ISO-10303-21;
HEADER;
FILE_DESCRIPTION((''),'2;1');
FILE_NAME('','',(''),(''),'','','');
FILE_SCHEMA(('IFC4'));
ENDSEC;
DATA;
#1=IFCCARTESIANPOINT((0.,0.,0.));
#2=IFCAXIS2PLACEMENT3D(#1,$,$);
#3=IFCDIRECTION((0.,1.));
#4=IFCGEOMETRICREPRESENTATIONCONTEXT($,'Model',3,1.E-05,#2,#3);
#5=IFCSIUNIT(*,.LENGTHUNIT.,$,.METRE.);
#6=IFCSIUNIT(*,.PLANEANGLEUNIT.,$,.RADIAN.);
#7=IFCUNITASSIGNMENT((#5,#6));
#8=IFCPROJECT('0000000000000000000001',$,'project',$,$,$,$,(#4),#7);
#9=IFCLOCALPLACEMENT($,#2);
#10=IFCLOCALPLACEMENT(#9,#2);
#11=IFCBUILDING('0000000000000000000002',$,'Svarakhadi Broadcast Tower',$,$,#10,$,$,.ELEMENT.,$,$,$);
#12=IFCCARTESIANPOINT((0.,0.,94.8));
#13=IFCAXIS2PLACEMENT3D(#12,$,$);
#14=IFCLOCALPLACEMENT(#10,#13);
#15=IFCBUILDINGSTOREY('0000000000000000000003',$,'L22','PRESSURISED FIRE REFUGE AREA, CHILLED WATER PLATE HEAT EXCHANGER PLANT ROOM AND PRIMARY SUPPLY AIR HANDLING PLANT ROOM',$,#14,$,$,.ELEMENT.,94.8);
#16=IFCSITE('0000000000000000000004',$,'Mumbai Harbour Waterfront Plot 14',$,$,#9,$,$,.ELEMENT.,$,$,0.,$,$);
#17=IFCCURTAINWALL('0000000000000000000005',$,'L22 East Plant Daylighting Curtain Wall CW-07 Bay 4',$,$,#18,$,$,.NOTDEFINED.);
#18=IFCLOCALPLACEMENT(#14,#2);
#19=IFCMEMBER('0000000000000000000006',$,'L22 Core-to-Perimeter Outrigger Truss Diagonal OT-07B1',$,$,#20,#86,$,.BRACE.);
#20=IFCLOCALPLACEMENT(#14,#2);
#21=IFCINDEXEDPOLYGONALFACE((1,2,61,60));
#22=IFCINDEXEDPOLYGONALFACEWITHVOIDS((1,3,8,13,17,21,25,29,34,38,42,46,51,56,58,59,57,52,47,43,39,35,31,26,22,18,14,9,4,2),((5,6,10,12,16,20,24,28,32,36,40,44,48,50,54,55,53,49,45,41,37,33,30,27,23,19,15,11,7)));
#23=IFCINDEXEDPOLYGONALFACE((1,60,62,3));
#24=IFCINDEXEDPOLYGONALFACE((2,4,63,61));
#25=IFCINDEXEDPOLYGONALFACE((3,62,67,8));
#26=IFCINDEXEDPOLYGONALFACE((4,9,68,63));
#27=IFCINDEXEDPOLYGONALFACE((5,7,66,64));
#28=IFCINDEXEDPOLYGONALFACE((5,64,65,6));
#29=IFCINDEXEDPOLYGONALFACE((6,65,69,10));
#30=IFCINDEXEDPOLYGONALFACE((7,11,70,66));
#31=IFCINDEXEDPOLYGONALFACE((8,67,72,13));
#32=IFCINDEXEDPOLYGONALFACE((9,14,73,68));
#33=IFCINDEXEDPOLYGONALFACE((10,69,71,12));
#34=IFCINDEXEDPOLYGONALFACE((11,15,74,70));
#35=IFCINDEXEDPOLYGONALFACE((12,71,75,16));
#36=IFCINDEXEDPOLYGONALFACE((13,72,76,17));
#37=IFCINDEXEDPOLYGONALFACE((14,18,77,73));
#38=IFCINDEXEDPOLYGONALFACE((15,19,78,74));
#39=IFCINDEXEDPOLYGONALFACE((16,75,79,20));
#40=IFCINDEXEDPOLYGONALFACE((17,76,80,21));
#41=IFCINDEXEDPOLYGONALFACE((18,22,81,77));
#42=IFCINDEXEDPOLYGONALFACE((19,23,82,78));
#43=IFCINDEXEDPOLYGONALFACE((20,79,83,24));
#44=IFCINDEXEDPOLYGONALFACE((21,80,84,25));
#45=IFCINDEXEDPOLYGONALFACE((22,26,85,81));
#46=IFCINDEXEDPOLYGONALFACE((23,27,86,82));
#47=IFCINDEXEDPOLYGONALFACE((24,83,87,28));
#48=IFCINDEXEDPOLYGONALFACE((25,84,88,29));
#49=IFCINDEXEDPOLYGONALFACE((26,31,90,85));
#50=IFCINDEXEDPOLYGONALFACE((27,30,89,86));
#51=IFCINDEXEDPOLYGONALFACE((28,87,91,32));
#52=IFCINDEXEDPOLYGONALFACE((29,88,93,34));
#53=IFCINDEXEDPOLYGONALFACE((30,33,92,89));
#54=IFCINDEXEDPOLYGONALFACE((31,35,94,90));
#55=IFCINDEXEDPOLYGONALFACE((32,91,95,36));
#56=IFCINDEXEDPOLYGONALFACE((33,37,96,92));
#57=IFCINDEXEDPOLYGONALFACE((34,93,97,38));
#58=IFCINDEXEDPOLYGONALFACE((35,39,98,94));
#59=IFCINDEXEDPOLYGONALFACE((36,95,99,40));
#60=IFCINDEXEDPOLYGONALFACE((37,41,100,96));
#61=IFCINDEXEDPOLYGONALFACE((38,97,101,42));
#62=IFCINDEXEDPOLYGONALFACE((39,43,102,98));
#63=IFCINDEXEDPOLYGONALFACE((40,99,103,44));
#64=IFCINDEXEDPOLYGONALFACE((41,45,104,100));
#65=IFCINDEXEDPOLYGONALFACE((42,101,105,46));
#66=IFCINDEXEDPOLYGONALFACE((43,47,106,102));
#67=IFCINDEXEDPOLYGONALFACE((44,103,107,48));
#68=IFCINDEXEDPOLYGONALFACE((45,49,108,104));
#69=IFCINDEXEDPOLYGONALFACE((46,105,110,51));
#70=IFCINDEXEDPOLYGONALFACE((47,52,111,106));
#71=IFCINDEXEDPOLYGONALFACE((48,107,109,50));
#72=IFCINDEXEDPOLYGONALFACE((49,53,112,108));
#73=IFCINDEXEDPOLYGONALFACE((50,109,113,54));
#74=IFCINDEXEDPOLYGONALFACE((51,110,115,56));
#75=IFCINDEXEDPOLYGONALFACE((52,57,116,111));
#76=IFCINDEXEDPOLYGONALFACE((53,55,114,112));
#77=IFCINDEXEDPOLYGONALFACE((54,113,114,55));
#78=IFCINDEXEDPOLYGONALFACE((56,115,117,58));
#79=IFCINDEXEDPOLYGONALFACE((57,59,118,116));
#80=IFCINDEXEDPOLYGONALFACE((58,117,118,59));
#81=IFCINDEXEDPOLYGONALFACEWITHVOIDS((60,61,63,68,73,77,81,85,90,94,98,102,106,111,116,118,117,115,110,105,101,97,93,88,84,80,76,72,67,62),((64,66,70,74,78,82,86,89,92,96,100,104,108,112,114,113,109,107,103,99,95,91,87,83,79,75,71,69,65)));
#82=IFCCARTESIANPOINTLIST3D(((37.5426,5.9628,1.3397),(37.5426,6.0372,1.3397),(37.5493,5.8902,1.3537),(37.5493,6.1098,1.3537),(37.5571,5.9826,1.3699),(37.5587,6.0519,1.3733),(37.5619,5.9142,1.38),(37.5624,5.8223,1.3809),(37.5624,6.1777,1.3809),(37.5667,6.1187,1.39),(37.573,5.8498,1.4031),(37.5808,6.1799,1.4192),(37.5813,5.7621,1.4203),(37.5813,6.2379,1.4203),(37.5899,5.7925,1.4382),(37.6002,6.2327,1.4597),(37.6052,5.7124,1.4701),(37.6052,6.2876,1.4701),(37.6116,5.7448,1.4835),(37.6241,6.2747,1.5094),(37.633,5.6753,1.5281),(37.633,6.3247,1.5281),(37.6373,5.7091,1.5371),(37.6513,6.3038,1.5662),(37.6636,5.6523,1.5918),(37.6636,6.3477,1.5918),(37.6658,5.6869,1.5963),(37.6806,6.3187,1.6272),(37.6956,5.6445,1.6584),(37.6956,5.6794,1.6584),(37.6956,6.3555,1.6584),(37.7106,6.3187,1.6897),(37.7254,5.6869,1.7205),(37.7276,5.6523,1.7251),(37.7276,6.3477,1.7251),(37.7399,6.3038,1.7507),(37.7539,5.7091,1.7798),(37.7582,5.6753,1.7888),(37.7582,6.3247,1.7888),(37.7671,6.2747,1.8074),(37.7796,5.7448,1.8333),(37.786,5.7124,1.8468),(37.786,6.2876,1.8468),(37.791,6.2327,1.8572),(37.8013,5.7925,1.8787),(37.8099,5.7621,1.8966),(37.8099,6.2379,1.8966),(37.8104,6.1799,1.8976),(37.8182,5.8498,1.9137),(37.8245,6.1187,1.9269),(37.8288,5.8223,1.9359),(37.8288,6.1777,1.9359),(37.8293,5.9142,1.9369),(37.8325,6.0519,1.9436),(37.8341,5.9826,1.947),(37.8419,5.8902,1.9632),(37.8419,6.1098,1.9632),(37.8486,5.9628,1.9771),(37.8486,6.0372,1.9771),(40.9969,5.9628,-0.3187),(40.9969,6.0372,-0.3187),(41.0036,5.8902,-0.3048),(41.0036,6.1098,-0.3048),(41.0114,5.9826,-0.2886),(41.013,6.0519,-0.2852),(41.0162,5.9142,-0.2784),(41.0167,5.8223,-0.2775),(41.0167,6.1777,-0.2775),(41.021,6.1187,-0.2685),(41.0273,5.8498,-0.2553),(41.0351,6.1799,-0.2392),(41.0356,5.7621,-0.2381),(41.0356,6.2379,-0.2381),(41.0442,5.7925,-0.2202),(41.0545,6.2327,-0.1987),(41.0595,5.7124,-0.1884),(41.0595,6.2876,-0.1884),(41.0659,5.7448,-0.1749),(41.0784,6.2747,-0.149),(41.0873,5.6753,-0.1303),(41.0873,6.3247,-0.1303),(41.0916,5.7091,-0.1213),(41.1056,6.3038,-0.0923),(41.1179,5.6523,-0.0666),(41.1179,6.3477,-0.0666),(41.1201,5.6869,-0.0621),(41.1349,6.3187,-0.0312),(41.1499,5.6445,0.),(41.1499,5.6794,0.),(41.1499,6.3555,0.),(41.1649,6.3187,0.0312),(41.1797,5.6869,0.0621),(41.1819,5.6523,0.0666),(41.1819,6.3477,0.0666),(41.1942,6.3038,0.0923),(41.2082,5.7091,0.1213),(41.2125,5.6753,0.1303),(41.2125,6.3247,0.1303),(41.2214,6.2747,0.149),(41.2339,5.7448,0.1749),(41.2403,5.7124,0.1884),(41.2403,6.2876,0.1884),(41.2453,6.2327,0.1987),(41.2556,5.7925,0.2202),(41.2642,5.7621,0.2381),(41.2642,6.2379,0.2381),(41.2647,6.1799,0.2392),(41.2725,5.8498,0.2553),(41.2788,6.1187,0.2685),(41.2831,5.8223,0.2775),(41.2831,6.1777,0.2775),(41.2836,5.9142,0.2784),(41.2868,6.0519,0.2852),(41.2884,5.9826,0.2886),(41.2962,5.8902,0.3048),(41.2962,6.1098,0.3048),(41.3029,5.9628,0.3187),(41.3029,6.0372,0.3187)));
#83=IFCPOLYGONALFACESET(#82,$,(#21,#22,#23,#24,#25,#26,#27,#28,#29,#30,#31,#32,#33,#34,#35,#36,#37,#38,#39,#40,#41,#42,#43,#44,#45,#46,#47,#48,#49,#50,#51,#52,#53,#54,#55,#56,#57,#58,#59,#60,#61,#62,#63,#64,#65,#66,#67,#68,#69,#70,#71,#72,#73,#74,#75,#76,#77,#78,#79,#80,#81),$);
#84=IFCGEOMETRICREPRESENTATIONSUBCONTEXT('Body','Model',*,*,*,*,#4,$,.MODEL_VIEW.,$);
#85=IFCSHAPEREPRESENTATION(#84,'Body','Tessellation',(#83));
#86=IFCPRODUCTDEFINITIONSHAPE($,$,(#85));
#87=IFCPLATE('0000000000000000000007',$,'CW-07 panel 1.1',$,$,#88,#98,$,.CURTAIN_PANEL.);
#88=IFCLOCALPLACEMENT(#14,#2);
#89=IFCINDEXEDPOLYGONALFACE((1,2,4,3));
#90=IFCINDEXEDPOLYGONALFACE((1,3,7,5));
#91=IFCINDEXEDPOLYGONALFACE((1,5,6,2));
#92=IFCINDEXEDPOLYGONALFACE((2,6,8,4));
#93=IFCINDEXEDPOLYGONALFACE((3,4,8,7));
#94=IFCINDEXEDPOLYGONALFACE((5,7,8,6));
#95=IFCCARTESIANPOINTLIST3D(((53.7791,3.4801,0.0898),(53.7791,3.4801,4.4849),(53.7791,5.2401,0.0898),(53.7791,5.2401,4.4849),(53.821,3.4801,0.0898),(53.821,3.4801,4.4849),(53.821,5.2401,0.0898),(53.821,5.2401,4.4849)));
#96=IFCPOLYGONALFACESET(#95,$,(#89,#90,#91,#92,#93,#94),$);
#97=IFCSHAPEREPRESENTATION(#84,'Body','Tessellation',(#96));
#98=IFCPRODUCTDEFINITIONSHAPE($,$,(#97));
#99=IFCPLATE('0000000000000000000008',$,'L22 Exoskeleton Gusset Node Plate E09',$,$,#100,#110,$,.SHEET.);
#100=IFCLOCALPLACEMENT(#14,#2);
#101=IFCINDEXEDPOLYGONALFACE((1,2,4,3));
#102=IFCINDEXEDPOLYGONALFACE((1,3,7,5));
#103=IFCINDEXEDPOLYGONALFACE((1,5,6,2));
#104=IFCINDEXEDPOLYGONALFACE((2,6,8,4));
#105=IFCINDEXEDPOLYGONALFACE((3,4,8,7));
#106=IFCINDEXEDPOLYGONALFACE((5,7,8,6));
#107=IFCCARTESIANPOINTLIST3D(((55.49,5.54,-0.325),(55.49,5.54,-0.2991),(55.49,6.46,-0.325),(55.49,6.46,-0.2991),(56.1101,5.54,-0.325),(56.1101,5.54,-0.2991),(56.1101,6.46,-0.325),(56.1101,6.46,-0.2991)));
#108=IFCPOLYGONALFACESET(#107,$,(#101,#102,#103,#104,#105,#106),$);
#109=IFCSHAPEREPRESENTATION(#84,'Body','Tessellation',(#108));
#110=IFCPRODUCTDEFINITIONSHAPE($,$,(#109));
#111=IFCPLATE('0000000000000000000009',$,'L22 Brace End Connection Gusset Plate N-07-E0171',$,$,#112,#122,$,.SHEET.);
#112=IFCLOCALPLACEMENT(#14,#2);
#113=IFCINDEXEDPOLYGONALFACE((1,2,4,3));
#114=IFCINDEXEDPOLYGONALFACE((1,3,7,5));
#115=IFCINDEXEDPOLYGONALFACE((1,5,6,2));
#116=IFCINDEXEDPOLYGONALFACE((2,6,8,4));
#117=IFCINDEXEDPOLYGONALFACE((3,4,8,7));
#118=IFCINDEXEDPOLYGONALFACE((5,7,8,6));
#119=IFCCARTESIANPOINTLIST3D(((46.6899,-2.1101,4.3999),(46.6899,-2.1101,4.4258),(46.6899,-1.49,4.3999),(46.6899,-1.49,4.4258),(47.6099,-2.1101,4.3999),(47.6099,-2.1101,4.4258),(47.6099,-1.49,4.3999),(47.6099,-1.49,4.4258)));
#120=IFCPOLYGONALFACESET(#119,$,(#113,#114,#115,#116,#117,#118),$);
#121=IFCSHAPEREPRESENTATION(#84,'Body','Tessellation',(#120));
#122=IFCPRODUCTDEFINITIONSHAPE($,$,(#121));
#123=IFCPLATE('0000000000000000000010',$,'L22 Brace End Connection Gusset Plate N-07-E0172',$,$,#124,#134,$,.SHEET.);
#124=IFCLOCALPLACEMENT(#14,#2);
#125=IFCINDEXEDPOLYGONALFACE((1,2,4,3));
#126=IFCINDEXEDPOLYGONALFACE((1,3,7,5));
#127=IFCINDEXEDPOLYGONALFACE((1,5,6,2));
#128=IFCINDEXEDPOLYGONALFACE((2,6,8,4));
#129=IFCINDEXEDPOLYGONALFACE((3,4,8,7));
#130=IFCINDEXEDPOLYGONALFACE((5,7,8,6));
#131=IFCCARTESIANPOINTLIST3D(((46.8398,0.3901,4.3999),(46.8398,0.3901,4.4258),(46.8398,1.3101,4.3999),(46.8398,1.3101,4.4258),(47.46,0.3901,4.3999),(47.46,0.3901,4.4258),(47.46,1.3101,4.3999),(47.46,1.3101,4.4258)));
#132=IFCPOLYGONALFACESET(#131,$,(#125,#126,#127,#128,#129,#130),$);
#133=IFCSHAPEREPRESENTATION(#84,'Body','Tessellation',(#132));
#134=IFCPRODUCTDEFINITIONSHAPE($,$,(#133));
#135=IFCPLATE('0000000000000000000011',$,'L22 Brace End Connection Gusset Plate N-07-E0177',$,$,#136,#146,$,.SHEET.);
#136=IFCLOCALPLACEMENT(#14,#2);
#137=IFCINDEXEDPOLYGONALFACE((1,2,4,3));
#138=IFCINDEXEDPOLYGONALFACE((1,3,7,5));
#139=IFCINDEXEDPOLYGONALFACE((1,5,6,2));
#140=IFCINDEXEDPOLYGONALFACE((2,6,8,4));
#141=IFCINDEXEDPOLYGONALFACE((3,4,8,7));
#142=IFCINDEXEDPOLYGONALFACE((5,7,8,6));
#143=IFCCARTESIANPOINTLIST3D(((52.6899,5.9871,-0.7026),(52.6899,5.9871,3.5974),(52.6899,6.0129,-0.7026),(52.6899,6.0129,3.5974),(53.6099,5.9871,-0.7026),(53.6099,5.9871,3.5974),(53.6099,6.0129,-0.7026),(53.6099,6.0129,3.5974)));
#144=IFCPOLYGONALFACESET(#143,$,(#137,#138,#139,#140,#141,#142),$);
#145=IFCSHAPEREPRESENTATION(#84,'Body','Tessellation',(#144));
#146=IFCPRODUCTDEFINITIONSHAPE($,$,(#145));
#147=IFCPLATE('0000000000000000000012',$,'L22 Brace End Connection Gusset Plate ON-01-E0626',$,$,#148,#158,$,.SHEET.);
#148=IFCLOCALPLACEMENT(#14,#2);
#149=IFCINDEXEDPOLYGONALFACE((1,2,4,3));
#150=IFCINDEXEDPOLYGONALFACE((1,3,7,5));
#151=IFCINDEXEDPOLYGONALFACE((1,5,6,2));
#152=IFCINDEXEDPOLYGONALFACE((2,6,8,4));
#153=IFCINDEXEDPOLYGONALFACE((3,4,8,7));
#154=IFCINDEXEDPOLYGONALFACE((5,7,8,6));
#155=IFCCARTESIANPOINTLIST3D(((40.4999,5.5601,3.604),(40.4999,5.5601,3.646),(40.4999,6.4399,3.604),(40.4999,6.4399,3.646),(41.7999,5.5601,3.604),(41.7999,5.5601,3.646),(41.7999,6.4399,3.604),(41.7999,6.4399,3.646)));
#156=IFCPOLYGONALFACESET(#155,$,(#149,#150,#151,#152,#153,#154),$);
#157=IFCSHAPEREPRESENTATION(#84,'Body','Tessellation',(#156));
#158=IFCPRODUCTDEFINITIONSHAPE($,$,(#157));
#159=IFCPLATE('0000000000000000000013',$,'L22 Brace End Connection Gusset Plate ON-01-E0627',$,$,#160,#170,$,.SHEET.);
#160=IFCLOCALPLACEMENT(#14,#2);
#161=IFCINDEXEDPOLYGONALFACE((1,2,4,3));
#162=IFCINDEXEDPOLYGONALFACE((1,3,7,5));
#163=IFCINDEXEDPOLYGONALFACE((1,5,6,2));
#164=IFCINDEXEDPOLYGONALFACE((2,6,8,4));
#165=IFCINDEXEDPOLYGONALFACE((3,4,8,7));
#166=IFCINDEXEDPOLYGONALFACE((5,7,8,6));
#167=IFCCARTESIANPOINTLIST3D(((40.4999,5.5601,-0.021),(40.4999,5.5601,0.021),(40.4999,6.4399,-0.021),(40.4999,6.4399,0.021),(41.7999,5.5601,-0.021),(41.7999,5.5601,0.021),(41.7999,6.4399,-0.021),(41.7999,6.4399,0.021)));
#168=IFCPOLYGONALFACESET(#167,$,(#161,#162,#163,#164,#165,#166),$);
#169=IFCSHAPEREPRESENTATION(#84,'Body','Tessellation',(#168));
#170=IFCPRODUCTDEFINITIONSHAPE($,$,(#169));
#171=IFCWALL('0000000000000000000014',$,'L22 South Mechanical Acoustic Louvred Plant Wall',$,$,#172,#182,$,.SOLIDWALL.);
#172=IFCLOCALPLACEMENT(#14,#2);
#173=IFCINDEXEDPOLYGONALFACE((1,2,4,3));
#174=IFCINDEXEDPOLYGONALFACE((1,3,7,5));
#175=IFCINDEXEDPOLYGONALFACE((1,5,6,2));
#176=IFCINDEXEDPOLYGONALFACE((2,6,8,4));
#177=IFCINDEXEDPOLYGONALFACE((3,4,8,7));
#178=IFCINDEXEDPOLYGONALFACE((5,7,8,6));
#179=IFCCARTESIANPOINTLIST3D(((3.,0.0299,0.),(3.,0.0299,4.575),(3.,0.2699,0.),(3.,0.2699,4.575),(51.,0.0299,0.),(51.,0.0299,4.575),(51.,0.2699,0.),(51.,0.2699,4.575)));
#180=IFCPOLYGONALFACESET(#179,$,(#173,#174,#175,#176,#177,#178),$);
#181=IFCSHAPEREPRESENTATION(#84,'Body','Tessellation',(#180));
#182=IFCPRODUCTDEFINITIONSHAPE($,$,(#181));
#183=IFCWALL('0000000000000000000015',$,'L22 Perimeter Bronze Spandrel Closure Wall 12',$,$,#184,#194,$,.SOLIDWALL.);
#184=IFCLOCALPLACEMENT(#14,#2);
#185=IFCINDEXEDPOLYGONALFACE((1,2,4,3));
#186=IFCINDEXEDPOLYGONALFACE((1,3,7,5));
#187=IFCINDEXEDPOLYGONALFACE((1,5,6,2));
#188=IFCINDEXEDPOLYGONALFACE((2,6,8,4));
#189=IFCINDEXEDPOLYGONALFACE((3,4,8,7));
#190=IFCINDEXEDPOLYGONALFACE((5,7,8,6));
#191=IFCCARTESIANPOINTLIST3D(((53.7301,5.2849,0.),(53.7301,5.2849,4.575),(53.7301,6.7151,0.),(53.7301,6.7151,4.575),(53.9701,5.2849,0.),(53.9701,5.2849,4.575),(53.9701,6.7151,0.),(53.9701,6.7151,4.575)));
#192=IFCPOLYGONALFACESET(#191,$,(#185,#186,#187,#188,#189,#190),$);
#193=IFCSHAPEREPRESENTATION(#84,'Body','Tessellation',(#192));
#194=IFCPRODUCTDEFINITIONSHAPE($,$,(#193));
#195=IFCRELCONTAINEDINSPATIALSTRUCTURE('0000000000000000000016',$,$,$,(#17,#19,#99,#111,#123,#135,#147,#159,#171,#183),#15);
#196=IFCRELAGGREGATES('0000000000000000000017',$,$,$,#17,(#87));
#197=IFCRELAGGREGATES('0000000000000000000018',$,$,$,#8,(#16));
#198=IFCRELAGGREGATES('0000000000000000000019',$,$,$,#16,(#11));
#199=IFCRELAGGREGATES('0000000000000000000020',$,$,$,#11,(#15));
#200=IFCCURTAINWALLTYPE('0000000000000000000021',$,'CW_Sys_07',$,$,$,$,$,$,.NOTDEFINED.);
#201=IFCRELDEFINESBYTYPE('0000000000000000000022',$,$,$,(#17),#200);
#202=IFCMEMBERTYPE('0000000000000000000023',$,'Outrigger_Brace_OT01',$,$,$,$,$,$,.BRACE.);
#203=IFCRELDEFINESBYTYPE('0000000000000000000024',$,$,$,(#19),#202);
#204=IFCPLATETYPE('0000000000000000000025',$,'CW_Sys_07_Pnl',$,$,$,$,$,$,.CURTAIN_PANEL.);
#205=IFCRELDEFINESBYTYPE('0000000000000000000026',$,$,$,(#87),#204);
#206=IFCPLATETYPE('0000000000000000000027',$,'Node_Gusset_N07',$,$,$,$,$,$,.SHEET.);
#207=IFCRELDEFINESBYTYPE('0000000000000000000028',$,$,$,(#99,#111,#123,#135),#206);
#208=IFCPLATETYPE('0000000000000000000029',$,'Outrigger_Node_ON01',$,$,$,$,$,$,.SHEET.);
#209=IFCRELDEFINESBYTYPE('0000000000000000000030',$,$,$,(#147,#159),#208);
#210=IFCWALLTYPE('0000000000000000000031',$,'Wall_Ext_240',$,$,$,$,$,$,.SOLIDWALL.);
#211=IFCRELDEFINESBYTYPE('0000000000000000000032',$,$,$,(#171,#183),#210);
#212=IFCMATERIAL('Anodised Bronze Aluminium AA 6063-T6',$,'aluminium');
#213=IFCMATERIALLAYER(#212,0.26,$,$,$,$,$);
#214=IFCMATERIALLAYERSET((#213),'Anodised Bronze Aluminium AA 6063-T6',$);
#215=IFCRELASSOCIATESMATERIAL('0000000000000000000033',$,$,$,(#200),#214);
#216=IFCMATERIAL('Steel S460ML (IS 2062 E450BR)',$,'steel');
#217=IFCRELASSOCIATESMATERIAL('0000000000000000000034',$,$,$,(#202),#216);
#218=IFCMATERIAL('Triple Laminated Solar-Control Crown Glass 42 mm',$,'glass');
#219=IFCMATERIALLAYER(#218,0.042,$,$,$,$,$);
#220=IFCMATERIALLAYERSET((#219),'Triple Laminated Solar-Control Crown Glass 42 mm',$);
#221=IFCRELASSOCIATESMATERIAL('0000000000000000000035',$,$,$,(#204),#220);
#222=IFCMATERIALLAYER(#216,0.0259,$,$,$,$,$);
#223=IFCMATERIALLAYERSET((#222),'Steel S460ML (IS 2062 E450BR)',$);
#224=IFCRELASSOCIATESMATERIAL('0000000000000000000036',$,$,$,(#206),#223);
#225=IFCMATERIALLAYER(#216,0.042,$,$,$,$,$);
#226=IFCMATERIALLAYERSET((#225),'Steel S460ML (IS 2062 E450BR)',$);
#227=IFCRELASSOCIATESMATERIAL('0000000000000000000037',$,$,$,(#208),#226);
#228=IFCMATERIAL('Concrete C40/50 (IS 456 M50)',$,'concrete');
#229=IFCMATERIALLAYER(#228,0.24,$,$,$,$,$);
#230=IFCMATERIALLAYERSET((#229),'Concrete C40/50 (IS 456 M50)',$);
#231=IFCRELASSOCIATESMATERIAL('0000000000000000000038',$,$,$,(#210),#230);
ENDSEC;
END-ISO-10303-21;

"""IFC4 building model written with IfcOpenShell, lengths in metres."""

from ifc_helpers import new_model, si_unit, direction, frame, frame_2d, origin, origin_2d, place, context, subcontext, project, spatial, rectangle, hollow_circle, extrude, material, layer, layer_set, material_profile, profile_set, type_object, element, aggregate, save


model = new_model("IFC4")

# Units and contexts
model_context = context("Model", 3, precision=1e-05, world=origin(), true_north=direction((0.0, 1.0)))
body_context = subcontext(model_context, "Body", "Model", "MODEL_VIEW")
ifc_project = project(units=[si_unit("LENGTHUNIT", "METRE"), si_unit("PLANEANGLEUNIT", "RADIAN")], contexts=[model_context])

# Site, building, storey
site_placement = place(None, origin())
site = spatial("IfcSite", under=ifc_project, at=site_placement, Name="Mumbai Harbour Waterfront Plot 14", CompositionType="ELEMENT", RefElevation=0.0)
building_placement = place(site_placement, origin())
building = spatial("IfcBuilding", under=site, at=building_placement, Name="Svarakhadi Broadcast Tower", CompositionType="ELEMENT")
storey_placement = place(building_placement, frame((0.0, 0.0, 94.8)))
storey = spatial("IfcBuildingStorey", under=building, at=storey_placement, Name="L22", Description="PRESSURISED FIRE REFUGE AREA, CHILLED WATER PLATE HEAT EXCHANGER PLANT ROOM AND PRIMARY SUPPLY AIR HANDLING PLANT ROOM", CompositionType="ELEMENT", Elevation=94.8)

# Shared definitions
ifc_material_1 = material(Name="Steel S460ML (IS 2062 E450BR)", Category="steel")

# Shared definitions
ifc_material_2 = material(Name="Anodised Bronze Aluminium AA 6063-T6", Category="aluminium")
ifc_layer_1 = layer(ifc_material_2, 0.26)
ifc_layer_set_1 = layer_set([ifc_layer_1], Name="Anodised Bronze Aluminium AA 6063-T6")
curtain_wall_type = type_object("IfcCurtainWallType", Name="CW_Sys_07", PredefinedType="NOTDEFINED", material=ifc_layer_set_1)

# Curtain wall
curtain_wall_1_placement = place(storey_placement, origin())
curtain_wall_1 = element("IfcCurtainWall", 1, at=curtain_wall_1_placement, inside=storey, type_object=curtain_wall_type, Name="L22 East Plant Daylighting Curtain Wall CW-07 Bay 4", PredefinedType="NOTDEFINED")

# Member
ifc_material_profile_1 = material_profile(ifc_material_1, hollow_circle(Radius=0.3555, WallThickness=0.0349, at=origin_2d()), Name="CHS 711x35")
ifc_profile_set_1 = profile_set([ifc_material_profile_1], Name="Steel S460ML (IS 2062 E450BR)")
member_type_1 = type_object("IfcMemberType", Name="Outrigger_Brace_OT01", PredefinedType="BRACE", material=ifc_profile_set_1)
member_1_placement = place(storey_placement, frame((41.1499, 6.0, 0.0), z_axis=(-0.901486, 0.0, 0.432808), x_axis=(0.0, -1.0, 0.0)))
element("IfcMember", 2, at=member_1_placement, inside=storey, type_object=member_type_1, Name="L22 Core-to-Perimeter Outrigger Truss Diagonal OT-07B1", PredefinedType="BRACE", context=body_context, shape_type="SweptSolid", body=[
    extrude(hollow_circle(Radius=0.3555, WallThickness=0.0349, at=origin_2d()), origin(), (0.0, 0.0, 1.0), 3.8318),
])

# Plate
ifc_material_3 = material(Name="Triple Laminated Solar-Control Crown Glass 42 mm", Category="glass")
ifc_layer_2 = layer(ifc_material_3, 0.042)
ifc_layer_set_2 = layer_set([ifc_layer_2], Name="Triple Laminated Solar-Control Crown Glass 42 mm")
plate_type_1 = type_object("IfcPlateType", Name="CW_Sys_07_Pnl", PredefinedType="CURTAIN_PANEL", material=ifc_layer_set_2)
plate_1_placement = place(storey_placement, frame((53.8, 4.3601, 0.0898), z_axis=(0.0, 0.0, 1.0), x_axis=(0.0, -1.0, 0.0)))
plate_1 = element("IfcPlate", 3, at=plate_1_placement, type_object=plate_type_1, Name="CW-07 panel 1.1", PredefinedType="CURTAIN_PANEL", context=body_context, shape_type="SweptSolid", body=[
    extrude(rectangle(XDim=1.76, YDim=0.042, at=origin_2d()), origin(), (0.0, 0.0, 1.0), 4.395),
])
aggregate(curtain_wall_1, [plate_1])

# Plates
ifc_layer_3 = layer(ifc_material_1, 0.0259)
ifc_layer_set_3 = layer_set([ifc_layer_3], Name="Steel S460ML (IS 2062 E450BR)")
plate_type_2 = type_object("IfcPlateType", Name="Node_Gusset_N07", PredefinedType="SHEET", material=ifc_layer_set_3)
for number, where, z_axis, x_axis, name in (
    (4, (55.8, 6.0, -0.325), (0.0, 0.0, 1.0), (0.0, 1.0, 0.0), "L22 Exoskeleton Gusset Node Plate E09"),
    (5, (47.1499, -1.8, 4.3999), (0.0, 0.0, 1.0), (1.0, 0.0, 0.0), "L22 Brace End Connection Gusset Plate N-07-E0171"),
    (6, (47.1499, 0.8501, 4.3999), (0.0, 0.0, 1.0), (0.0, 1.0, 0.0), "L22 Brace End Connection Gusset Plate N-07-E0172"),
):
    element("IfcPlate", number, at=place(storey_placement, frame(where, z_axis=z_axis, x_axis=x_axis)), inside=storey, type_object=plate_type_2, Name=name, PredefinedType="SHEET", context=body_context, shape_type="SweptSolid", body=[
        extrude(rectangle(XDim=0.9199, YDim=0.6201, at=origin_2d()), origin(), (0.0, 0.0, 1.0), 0.0259),
    ])
plate_2_placement = place(storey_placement, frame((53.1499, 6.0, -0.7026), z_axis=(0.0, 0.0, 1.0), x_axis=(1.0, 0.0, 0.0)))
element("IfcPlate", 7, at=plate_2_placement, inside=storey, type_object=plate_type_2, Name="L22 Brace End Connection Gusset Plate N-07-E0177", PredefinedType="SHEET", context=body_context, shape_type="SweptSolid", body=[
    extrude(rectangle(XDim=0.9199, YDim=0.0259, at=origin_2d()), origin(), (0.0, 0.0, 1.0), 4.3),
])
ifc_layer_4 = layer(ifc_material_1, 0.042)
ifc_layer_set_4 = layer_set([ifc_layer_4], Name="Steel S460ML (IS 2062 E450BR)")
plate_type_3 = type_object("IfcPlateType", Name="Outrigger_Node_ON01", PredefinedType="SHEET", material=ifc_layer_set_4)
for number, where, z_axis, x_axis, name in (
    (8, (41.1499, 6.0, 3.604), (0.0, 0.0, 1.0), (1.0, 0.0, 0.0), "L22 Brace End Connection Gusset Plate ON-01-E0626"),
    (9, (41.1499, 6.0, -0.021), (0.0, 0.0, 1.0), (1.0, 0.0, 0.0), "L22 Brace End Connection Gusset Plate ON-01-E0627"),
):
    element("IfcPlate", number, at=place(storey_placement, frame(where, z_axis=z_axis, x_axis=x_axis)), inside=storey, type_object=plate_type_3, Name=name, PredefinedType="SHEET", context=body_context, shape_type="SweptSolid", body=[
        extrude(rectangle(XDim=1.3, YDim=0.8799, at=origin_2d()), origin(), (0.0, 0.0, 1.0), 0.042),
    ])

# Walls
ifc_material_4 = material(Name="Concrete C40/50 (IS 456 M50)", Category="concrete")
ifc_layer_5 = layer(ifc_material_4, 0.24)
ifc_layer_set_5 = layer_set([ifc_layer_5], Name="Concrete C40/50 (IS 456 M50)")
wall_type = type_object("IfcWallType", Name="Wall_Ext_240", PredefinedType="SOLIDWALL", material=ifc_layer_set_5)
wall_1_placement = place(storey_placement, frame((51.0, 0.1499, 0.0), z_axis=(0.0, 0.0, 1.0), x_axis=(-1.0, 0.0, 0.0)))
element("IfcWall", 10, at=wall_1_placement, inside=storey, type_object=wall_type, Name="L22 South Mechanical Acoustic Louvred Plant Wall", PredefinedType="SOLIDWALL", context=body_context, shape_type="SweptSolid", body=[
    extrude(rectangle(XDim=48.0, YDim=0.24, at=frame_2d((24.0, 0.0))), origin(), (0.0, 0.0, 1.0), 4.575),
])
wall_2_placement = place(storey_placement, frame((53.8501, 6.7151, 0.0), z_axis=(0.0, 0.0, 1.0), x_axis=(0.0, -1.0, 0.0)))
element("IfcWall", 11, at=wall_2_placement, inside=storey, type_object=wall_type, Name="L22 Perimeter Bronze Spandrel Closure Wall 12", PredefinedType="SOLIDWALL", context=body_context, shape_type="SweptSolid", body=[
    extrude(rectangle(XDim=1.4302, YDim=0.24, at=frame_2d((0.7151, 0.0))), origin(), (0.0, 0.0, 1.0), 4.575),
])

save(model, "model.ifc")
